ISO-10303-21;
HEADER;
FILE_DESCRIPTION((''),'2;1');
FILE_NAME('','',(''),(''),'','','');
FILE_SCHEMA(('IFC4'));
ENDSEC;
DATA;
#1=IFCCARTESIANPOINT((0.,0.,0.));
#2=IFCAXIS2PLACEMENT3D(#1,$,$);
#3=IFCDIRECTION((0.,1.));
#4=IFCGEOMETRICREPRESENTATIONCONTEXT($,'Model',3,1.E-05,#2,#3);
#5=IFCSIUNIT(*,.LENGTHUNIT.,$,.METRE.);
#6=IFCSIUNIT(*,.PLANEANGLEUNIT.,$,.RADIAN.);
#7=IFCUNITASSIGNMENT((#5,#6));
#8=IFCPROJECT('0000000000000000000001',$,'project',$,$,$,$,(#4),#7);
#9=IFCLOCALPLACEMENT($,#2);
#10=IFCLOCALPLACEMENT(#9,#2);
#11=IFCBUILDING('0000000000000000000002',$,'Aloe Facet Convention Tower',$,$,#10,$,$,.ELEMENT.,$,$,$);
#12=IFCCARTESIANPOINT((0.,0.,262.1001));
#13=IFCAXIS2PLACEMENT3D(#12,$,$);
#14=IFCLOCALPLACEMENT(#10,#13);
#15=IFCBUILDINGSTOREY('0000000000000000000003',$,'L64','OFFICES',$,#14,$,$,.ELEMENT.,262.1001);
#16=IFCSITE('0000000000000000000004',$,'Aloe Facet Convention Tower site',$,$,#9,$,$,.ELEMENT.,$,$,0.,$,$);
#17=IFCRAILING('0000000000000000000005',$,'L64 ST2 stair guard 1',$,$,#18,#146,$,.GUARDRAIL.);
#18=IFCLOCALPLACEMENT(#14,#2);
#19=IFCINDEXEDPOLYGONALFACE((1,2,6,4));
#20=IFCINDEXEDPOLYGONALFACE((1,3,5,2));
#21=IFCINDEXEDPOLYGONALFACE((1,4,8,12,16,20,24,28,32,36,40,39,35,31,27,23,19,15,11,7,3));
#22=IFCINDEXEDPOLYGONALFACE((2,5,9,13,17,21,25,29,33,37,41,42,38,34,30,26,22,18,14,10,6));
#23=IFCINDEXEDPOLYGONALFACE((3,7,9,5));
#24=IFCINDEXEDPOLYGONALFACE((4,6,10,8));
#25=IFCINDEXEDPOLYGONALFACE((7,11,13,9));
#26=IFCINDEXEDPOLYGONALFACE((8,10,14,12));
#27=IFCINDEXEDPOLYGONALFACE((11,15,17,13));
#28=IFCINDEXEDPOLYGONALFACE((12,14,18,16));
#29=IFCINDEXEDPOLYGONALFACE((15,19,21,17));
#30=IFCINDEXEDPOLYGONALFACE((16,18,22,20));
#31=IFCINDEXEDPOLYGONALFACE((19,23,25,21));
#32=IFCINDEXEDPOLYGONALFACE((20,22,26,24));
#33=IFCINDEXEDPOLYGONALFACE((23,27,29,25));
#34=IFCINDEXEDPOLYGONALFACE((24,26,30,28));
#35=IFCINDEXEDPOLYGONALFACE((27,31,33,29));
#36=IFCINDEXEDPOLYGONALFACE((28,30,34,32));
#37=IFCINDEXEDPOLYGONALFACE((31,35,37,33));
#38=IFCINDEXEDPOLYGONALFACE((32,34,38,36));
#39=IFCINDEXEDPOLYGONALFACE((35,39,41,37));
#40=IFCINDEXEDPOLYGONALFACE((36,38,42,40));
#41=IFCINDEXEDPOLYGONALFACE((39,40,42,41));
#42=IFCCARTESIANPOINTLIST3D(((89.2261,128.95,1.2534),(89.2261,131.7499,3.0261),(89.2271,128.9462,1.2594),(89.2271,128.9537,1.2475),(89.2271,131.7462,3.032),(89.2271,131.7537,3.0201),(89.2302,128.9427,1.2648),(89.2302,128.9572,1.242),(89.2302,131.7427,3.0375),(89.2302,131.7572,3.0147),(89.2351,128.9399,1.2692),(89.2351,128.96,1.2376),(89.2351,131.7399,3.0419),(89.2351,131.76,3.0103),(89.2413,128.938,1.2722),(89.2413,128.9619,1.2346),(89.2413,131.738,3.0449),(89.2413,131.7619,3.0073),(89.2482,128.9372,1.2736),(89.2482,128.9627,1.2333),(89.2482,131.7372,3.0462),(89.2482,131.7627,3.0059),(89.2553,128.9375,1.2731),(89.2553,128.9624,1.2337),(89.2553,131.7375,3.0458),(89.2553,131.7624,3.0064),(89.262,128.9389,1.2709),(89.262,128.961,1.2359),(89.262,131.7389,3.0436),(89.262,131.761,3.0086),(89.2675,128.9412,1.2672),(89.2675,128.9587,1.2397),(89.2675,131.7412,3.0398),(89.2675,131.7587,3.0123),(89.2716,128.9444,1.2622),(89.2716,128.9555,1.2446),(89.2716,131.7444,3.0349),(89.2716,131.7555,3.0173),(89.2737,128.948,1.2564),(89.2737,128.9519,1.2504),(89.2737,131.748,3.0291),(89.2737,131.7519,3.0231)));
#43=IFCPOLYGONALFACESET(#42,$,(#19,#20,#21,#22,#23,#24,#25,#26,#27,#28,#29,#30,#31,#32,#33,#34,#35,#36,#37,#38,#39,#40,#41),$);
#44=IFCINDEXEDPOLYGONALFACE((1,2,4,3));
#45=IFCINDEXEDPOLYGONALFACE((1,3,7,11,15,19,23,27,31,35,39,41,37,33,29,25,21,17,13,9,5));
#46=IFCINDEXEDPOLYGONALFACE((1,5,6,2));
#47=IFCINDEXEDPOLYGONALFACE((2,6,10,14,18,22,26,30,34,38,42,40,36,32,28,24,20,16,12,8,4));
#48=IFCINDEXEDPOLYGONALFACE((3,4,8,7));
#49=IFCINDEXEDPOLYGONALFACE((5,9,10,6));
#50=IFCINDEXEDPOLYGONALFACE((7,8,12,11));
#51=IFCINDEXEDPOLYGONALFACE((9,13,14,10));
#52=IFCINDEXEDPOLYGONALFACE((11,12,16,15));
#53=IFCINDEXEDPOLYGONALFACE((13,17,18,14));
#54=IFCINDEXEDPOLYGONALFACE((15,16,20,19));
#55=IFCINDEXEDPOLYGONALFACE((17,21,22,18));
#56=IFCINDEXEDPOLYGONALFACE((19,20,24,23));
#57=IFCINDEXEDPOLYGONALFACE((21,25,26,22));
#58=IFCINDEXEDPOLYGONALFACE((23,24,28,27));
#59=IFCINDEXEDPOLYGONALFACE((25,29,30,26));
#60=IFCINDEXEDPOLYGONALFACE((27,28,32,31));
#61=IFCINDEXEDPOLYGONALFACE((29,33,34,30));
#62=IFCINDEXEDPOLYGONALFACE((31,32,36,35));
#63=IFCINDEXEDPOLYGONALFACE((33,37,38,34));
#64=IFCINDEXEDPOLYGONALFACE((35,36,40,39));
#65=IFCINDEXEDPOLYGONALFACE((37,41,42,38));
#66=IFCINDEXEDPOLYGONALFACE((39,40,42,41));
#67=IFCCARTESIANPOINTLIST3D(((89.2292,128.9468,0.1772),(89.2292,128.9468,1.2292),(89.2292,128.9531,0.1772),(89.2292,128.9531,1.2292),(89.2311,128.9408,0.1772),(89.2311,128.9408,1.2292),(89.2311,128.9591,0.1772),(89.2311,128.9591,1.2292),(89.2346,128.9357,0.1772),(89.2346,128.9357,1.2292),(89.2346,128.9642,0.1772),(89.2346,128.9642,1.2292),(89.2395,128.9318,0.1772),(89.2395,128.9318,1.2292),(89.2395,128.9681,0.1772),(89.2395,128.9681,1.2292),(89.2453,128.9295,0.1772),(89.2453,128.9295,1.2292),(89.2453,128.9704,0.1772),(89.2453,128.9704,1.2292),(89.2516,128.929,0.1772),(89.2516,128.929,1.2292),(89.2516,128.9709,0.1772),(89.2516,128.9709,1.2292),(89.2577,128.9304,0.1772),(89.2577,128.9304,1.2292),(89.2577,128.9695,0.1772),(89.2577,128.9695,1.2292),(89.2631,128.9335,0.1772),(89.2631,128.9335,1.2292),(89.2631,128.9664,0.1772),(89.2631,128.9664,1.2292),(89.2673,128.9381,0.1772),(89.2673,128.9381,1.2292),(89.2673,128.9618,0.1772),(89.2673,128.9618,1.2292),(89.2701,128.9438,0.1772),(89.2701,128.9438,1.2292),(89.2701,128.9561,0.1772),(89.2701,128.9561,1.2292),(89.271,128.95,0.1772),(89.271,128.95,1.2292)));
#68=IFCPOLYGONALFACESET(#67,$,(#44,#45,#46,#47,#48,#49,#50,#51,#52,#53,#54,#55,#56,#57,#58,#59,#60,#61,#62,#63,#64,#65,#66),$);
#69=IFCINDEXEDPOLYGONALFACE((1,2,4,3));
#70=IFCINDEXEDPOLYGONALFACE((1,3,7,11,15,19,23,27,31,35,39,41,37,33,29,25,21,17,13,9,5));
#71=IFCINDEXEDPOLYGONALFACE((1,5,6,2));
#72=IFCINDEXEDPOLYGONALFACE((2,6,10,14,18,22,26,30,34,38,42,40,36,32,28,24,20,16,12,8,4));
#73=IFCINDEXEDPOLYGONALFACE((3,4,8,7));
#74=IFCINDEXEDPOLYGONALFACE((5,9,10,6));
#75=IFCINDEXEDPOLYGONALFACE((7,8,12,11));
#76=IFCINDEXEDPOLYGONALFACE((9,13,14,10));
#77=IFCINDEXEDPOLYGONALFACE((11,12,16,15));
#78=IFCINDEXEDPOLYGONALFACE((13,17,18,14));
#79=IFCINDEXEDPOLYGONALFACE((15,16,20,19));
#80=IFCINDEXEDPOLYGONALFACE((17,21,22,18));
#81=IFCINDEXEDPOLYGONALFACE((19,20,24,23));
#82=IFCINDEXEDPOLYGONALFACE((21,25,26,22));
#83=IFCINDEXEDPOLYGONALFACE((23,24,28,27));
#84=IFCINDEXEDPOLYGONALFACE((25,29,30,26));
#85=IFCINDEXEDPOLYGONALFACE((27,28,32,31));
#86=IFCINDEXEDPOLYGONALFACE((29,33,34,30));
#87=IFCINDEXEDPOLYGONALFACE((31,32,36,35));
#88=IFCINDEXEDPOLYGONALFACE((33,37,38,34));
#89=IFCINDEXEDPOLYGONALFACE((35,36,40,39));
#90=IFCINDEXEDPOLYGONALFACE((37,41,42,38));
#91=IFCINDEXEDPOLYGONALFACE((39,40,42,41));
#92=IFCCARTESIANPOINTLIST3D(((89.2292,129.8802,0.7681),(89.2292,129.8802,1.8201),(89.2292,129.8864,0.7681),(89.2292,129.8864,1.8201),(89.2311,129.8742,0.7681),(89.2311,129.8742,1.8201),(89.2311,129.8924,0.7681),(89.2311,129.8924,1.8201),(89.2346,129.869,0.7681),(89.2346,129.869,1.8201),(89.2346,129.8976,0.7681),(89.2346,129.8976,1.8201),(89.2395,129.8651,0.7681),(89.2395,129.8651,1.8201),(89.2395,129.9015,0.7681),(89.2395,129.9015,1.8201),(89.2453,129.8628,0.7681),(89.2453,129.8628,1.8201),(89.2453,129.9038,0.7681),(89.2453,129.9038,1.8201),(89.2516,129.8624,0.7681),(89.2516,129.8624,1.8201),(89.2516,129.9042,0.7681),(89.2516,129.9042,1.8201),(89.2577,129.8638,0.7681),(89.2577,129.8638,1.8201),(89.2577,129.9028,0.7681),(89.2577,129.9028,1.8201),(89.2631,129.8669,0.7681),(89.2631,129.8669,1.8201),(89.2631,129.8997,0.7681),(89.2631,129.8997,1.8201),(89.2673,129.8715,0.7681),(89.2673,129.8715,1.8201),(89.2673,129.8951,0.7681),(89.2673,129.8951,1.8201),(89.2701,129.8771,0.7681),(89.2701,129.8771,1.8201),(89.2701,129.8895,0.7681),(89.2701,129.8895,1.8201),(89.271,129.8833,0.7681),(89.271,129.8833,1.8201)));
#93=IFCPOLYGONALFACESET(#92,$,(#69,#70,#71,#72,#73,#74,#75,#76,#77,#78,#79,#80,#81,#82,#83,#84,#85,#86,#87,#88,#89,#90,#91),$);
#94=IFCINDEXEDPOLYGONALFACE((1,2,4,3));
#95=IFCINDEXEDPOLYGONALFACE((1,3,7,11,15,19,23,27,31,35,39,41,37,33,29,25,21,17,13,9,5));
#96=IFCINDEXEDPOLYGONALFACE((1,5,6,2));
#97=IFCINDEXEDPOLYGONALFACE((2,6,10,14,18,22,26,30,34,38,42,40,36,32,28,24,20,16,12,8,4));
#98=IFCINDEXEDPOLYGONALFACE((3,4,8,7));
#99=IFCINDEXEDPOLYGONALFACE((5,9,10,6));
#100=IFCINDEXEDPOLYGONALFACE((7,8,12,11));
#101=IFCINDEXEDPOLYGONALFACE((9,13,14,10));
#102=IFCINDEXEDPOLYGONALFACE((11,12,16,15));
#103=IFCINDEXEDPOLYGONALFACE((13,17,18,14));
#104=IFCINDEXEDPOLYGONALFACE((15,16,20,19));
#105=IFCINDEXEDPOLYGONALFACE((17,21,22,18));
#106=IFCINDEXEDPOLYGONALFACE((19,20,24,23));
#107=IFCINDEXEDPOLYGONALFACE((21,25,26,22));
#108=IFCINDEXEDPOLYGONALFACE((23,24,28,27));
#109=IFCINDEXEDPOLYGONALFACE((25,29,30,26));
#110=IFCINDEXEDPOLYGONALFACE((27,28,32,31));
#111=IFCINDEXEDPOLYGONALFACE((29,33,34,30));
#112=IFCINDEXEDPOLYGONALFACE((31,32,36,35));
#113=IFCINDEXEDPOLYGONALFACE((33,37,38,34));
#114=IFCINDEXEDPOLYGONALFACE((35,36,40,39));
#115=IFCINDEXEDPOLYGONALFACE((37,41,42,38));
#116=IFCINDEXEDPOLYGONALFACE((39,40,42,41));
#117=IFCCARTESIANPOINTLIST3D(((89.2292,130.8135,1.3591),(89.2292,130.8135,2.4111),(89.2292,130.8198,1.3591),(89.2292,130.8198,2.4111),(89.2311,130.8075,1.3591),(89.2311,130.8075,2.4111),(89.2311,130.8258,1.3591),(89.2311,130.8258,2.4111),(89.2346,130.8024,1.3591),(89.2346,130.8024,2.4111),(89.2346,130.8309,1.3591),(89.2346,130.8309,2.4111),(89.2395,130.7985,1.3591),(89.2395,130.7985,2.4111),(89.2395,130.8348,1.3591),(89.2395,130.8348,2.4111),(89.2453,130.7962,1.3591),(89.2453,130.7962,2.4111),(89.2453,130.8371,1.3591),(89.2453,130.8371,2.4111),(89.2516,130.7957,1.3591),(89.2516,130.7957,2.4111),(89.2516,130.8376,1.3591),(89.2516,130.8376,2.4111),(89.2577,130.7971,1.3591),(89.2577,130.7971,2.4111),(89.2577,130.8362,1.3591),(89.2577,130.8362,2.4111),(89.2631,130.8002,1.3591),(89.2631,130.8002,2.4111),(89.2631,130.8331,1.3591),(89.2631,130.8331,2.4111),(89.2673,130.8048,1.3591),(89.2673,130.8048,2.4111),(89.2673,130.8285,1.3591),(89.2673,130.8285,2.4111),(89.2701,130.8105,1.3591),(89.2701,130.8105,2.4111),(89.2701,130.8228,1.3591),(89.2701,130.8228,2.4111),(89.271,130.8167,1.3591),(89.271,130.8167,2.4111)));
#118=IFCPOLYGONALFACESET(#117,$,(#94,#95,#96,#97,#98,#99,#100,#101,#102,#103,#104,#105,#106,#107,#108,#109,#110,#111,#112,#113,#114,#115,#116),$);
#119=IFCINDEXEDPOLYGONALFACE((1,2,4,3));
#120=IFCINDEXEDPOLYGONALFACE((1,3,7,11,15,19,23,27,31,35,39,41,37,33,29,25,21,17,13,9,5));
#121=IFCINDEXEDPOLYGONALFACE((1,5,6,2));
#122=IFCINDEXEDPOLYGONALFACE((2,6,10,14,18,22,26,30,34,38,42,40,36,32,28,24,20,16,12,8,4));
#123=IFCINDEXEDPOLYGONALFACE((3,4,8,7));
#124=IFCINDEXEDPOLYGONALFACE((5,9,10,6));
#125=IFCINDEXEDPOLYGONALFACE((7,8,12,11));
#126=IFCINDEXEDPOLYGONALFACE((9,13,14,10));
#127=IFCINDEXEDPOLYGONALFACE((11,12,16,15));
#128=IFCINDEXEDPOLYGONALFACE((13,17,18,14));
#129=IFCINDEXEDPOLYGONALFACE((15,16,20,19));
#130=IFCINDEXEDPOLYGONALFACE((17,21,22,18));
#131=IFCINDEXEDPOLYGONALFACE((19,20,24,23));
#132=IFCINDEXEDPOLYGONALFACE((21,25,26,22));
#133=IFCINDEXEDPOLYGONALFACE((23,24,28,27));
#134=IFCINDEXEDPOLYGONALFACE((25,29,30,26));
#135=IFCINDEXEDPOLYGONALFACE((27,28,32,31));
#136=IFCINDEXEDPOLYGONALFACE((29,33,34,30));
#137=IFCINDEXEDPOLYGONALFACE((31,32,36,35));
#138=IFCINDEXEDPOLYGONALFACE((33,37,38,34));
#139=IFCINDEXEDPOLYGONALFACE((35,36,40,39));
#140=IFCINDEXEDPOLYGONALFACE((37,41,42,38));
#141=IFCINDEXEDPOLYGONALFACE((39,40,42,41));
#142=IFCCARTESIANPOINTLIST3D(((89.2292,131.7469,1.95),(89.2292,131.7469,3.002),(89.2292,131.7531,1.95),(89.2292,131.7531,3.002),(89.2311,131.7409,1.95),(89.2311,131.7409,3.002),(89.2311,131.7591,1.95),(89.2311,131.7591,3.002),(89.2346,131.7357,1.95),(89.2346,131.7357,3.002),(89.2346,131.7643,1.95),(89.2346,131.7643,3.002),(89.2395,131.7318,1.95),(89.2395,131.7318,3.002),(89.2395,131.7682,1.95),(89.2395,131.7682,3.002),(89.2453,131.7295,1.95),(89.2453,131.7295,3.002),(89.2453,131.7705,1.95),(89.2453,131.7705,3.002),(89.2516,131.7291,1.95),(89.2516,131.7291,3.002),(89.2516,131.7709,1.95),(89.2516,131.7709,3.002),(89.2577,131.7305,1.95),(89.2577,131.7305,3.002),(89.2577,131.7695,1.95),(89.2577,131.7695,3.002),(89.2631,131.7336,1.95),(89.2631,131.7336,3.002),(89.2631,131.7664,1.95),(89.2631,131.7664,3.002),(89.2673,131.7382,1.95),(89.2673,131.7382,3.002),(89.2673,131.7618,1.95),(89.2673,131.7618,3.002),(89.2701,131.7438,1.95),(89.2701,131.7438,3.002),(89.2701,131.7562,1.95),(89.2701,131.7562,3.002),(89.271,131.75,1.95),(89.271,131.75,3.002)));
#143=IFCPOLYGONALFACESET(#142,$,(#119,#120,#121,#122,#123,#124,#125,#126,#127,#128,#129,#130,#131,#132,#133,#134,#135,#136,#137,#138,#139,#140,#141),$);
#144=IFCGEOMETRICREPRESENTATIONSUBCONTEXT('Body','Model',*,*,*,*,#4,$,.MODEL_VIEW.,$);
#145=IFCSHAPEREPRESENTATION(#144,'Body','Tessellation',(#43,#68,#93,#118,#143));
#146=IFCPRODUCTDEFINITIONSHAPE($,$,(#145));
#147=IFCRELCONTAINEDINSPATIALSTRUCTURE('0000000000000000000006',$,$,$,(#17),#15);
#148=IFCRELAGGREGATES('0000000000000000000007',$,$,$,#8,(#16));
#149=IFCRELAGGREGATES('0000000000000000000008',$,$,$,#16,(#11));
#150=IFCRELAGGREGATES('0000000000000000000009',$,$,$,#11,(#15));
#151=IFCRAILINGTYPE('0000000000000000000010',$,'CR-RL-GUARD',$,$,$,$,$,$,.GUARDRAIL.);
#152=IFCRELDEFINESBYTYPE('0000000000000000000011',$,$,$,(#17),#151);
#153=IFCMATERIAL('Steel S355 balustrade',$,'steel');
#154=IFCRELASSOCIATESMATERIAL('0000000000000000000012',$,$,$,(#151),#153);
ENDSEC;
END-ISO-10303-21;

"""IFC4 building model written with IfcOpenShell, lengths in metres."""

from ifc_helpers import new_model, si_unit, direction, frame, origin, origin_2d, place, context, subcontext, project, spatial, circle, extrude, material, type_object, element, save


model = new_model("IFC4")

# Units and contexts
model_context = context("Model", 3, precision=1e-05, world=origin(), true_north=direction((0.0, 1.0)))
body_context = subcontext(model_context, "Body", "Model", "MODEL_VIEW")
ifc_project = project(units=[si_unit("LENGTHUNIT", "METRE"), si_unit("PLANEANGLEUNIT", "RADIAN")], contexts=[model_context])

# Site, building, storey
site_placement = place(None, origin())
site = spatial("IfcSite", under=ifc_project, at=site_placement, Name="Aloe Facet Convention Tower site", CompositionType="ELEMENT", RefElevation=0.0)
building_placement = place(site_placement, origin())
building = spatial("IfcBuilding", under=site, at=building_placement, Name="Aloe Facet Convention Tower", CompositionType="ELEMENT")
storey_placement = place(building_placement, frame((0.0, 0.0, 262.1001)))
storey = spatial("IfcBuildingStorey", under=building, at=storey_placement, Name="L64", Description="OFFICES", CompositionType="ELEMENT", Elevation=262.1001)

# Railing
ifc_material_1 = material(Name="Steel S355 balustrade", Category="steel")
railing_type_1 = type_object("IfcRailingType", Name="CR-RL-GUARD", PredefinedType="GUARDRAIL", material=ifc_material_1)
railing_1_placement = place(storey_placement, frame((89.25, 128.95, 0.1772)))
element("IfcRailing", 1, at=railing_1_placement, inside=storey, type_object=railing_type_1, Name="L64 ST2 stair guard 1", PredefinedType="GUARDRAIL", context=body_context, shape_type="SweptSolid", body=[
    extrude(circle(Radius=0.0239, at=origin_2d()), frame((0.0, 0.0, 1.0762), z_axis=(0.0, 0.844909, 0.53491), x_axis=(-1.0, 0.0, 0.0)), (0.0, 0.0, 1.0), 3.314),
    extrude(circle(Radius=0.021, at=origin_2d()), origin(), (0.0, 0.0, 1.0), 1.052),
    extrude(circle(Radius=0.021, at=origin_2d()), frame((0.0, 0.9333, 0.5908)), (0.0, 0.0, 1.0), 1.052),
    extrude(circle(Radius=0.021, at=origin_2d()), frame((0.0, 1.8667, 1.1819)), (0.0, 0.0, 1.0), 1.052),
    extrude(circle(Radius=0.021, at=origin_2d()), frame((0.0, 2.8, 1.7727)), (0.0, 0.0, 1.0), 1.052),
])

save(model, "model.ifc")
